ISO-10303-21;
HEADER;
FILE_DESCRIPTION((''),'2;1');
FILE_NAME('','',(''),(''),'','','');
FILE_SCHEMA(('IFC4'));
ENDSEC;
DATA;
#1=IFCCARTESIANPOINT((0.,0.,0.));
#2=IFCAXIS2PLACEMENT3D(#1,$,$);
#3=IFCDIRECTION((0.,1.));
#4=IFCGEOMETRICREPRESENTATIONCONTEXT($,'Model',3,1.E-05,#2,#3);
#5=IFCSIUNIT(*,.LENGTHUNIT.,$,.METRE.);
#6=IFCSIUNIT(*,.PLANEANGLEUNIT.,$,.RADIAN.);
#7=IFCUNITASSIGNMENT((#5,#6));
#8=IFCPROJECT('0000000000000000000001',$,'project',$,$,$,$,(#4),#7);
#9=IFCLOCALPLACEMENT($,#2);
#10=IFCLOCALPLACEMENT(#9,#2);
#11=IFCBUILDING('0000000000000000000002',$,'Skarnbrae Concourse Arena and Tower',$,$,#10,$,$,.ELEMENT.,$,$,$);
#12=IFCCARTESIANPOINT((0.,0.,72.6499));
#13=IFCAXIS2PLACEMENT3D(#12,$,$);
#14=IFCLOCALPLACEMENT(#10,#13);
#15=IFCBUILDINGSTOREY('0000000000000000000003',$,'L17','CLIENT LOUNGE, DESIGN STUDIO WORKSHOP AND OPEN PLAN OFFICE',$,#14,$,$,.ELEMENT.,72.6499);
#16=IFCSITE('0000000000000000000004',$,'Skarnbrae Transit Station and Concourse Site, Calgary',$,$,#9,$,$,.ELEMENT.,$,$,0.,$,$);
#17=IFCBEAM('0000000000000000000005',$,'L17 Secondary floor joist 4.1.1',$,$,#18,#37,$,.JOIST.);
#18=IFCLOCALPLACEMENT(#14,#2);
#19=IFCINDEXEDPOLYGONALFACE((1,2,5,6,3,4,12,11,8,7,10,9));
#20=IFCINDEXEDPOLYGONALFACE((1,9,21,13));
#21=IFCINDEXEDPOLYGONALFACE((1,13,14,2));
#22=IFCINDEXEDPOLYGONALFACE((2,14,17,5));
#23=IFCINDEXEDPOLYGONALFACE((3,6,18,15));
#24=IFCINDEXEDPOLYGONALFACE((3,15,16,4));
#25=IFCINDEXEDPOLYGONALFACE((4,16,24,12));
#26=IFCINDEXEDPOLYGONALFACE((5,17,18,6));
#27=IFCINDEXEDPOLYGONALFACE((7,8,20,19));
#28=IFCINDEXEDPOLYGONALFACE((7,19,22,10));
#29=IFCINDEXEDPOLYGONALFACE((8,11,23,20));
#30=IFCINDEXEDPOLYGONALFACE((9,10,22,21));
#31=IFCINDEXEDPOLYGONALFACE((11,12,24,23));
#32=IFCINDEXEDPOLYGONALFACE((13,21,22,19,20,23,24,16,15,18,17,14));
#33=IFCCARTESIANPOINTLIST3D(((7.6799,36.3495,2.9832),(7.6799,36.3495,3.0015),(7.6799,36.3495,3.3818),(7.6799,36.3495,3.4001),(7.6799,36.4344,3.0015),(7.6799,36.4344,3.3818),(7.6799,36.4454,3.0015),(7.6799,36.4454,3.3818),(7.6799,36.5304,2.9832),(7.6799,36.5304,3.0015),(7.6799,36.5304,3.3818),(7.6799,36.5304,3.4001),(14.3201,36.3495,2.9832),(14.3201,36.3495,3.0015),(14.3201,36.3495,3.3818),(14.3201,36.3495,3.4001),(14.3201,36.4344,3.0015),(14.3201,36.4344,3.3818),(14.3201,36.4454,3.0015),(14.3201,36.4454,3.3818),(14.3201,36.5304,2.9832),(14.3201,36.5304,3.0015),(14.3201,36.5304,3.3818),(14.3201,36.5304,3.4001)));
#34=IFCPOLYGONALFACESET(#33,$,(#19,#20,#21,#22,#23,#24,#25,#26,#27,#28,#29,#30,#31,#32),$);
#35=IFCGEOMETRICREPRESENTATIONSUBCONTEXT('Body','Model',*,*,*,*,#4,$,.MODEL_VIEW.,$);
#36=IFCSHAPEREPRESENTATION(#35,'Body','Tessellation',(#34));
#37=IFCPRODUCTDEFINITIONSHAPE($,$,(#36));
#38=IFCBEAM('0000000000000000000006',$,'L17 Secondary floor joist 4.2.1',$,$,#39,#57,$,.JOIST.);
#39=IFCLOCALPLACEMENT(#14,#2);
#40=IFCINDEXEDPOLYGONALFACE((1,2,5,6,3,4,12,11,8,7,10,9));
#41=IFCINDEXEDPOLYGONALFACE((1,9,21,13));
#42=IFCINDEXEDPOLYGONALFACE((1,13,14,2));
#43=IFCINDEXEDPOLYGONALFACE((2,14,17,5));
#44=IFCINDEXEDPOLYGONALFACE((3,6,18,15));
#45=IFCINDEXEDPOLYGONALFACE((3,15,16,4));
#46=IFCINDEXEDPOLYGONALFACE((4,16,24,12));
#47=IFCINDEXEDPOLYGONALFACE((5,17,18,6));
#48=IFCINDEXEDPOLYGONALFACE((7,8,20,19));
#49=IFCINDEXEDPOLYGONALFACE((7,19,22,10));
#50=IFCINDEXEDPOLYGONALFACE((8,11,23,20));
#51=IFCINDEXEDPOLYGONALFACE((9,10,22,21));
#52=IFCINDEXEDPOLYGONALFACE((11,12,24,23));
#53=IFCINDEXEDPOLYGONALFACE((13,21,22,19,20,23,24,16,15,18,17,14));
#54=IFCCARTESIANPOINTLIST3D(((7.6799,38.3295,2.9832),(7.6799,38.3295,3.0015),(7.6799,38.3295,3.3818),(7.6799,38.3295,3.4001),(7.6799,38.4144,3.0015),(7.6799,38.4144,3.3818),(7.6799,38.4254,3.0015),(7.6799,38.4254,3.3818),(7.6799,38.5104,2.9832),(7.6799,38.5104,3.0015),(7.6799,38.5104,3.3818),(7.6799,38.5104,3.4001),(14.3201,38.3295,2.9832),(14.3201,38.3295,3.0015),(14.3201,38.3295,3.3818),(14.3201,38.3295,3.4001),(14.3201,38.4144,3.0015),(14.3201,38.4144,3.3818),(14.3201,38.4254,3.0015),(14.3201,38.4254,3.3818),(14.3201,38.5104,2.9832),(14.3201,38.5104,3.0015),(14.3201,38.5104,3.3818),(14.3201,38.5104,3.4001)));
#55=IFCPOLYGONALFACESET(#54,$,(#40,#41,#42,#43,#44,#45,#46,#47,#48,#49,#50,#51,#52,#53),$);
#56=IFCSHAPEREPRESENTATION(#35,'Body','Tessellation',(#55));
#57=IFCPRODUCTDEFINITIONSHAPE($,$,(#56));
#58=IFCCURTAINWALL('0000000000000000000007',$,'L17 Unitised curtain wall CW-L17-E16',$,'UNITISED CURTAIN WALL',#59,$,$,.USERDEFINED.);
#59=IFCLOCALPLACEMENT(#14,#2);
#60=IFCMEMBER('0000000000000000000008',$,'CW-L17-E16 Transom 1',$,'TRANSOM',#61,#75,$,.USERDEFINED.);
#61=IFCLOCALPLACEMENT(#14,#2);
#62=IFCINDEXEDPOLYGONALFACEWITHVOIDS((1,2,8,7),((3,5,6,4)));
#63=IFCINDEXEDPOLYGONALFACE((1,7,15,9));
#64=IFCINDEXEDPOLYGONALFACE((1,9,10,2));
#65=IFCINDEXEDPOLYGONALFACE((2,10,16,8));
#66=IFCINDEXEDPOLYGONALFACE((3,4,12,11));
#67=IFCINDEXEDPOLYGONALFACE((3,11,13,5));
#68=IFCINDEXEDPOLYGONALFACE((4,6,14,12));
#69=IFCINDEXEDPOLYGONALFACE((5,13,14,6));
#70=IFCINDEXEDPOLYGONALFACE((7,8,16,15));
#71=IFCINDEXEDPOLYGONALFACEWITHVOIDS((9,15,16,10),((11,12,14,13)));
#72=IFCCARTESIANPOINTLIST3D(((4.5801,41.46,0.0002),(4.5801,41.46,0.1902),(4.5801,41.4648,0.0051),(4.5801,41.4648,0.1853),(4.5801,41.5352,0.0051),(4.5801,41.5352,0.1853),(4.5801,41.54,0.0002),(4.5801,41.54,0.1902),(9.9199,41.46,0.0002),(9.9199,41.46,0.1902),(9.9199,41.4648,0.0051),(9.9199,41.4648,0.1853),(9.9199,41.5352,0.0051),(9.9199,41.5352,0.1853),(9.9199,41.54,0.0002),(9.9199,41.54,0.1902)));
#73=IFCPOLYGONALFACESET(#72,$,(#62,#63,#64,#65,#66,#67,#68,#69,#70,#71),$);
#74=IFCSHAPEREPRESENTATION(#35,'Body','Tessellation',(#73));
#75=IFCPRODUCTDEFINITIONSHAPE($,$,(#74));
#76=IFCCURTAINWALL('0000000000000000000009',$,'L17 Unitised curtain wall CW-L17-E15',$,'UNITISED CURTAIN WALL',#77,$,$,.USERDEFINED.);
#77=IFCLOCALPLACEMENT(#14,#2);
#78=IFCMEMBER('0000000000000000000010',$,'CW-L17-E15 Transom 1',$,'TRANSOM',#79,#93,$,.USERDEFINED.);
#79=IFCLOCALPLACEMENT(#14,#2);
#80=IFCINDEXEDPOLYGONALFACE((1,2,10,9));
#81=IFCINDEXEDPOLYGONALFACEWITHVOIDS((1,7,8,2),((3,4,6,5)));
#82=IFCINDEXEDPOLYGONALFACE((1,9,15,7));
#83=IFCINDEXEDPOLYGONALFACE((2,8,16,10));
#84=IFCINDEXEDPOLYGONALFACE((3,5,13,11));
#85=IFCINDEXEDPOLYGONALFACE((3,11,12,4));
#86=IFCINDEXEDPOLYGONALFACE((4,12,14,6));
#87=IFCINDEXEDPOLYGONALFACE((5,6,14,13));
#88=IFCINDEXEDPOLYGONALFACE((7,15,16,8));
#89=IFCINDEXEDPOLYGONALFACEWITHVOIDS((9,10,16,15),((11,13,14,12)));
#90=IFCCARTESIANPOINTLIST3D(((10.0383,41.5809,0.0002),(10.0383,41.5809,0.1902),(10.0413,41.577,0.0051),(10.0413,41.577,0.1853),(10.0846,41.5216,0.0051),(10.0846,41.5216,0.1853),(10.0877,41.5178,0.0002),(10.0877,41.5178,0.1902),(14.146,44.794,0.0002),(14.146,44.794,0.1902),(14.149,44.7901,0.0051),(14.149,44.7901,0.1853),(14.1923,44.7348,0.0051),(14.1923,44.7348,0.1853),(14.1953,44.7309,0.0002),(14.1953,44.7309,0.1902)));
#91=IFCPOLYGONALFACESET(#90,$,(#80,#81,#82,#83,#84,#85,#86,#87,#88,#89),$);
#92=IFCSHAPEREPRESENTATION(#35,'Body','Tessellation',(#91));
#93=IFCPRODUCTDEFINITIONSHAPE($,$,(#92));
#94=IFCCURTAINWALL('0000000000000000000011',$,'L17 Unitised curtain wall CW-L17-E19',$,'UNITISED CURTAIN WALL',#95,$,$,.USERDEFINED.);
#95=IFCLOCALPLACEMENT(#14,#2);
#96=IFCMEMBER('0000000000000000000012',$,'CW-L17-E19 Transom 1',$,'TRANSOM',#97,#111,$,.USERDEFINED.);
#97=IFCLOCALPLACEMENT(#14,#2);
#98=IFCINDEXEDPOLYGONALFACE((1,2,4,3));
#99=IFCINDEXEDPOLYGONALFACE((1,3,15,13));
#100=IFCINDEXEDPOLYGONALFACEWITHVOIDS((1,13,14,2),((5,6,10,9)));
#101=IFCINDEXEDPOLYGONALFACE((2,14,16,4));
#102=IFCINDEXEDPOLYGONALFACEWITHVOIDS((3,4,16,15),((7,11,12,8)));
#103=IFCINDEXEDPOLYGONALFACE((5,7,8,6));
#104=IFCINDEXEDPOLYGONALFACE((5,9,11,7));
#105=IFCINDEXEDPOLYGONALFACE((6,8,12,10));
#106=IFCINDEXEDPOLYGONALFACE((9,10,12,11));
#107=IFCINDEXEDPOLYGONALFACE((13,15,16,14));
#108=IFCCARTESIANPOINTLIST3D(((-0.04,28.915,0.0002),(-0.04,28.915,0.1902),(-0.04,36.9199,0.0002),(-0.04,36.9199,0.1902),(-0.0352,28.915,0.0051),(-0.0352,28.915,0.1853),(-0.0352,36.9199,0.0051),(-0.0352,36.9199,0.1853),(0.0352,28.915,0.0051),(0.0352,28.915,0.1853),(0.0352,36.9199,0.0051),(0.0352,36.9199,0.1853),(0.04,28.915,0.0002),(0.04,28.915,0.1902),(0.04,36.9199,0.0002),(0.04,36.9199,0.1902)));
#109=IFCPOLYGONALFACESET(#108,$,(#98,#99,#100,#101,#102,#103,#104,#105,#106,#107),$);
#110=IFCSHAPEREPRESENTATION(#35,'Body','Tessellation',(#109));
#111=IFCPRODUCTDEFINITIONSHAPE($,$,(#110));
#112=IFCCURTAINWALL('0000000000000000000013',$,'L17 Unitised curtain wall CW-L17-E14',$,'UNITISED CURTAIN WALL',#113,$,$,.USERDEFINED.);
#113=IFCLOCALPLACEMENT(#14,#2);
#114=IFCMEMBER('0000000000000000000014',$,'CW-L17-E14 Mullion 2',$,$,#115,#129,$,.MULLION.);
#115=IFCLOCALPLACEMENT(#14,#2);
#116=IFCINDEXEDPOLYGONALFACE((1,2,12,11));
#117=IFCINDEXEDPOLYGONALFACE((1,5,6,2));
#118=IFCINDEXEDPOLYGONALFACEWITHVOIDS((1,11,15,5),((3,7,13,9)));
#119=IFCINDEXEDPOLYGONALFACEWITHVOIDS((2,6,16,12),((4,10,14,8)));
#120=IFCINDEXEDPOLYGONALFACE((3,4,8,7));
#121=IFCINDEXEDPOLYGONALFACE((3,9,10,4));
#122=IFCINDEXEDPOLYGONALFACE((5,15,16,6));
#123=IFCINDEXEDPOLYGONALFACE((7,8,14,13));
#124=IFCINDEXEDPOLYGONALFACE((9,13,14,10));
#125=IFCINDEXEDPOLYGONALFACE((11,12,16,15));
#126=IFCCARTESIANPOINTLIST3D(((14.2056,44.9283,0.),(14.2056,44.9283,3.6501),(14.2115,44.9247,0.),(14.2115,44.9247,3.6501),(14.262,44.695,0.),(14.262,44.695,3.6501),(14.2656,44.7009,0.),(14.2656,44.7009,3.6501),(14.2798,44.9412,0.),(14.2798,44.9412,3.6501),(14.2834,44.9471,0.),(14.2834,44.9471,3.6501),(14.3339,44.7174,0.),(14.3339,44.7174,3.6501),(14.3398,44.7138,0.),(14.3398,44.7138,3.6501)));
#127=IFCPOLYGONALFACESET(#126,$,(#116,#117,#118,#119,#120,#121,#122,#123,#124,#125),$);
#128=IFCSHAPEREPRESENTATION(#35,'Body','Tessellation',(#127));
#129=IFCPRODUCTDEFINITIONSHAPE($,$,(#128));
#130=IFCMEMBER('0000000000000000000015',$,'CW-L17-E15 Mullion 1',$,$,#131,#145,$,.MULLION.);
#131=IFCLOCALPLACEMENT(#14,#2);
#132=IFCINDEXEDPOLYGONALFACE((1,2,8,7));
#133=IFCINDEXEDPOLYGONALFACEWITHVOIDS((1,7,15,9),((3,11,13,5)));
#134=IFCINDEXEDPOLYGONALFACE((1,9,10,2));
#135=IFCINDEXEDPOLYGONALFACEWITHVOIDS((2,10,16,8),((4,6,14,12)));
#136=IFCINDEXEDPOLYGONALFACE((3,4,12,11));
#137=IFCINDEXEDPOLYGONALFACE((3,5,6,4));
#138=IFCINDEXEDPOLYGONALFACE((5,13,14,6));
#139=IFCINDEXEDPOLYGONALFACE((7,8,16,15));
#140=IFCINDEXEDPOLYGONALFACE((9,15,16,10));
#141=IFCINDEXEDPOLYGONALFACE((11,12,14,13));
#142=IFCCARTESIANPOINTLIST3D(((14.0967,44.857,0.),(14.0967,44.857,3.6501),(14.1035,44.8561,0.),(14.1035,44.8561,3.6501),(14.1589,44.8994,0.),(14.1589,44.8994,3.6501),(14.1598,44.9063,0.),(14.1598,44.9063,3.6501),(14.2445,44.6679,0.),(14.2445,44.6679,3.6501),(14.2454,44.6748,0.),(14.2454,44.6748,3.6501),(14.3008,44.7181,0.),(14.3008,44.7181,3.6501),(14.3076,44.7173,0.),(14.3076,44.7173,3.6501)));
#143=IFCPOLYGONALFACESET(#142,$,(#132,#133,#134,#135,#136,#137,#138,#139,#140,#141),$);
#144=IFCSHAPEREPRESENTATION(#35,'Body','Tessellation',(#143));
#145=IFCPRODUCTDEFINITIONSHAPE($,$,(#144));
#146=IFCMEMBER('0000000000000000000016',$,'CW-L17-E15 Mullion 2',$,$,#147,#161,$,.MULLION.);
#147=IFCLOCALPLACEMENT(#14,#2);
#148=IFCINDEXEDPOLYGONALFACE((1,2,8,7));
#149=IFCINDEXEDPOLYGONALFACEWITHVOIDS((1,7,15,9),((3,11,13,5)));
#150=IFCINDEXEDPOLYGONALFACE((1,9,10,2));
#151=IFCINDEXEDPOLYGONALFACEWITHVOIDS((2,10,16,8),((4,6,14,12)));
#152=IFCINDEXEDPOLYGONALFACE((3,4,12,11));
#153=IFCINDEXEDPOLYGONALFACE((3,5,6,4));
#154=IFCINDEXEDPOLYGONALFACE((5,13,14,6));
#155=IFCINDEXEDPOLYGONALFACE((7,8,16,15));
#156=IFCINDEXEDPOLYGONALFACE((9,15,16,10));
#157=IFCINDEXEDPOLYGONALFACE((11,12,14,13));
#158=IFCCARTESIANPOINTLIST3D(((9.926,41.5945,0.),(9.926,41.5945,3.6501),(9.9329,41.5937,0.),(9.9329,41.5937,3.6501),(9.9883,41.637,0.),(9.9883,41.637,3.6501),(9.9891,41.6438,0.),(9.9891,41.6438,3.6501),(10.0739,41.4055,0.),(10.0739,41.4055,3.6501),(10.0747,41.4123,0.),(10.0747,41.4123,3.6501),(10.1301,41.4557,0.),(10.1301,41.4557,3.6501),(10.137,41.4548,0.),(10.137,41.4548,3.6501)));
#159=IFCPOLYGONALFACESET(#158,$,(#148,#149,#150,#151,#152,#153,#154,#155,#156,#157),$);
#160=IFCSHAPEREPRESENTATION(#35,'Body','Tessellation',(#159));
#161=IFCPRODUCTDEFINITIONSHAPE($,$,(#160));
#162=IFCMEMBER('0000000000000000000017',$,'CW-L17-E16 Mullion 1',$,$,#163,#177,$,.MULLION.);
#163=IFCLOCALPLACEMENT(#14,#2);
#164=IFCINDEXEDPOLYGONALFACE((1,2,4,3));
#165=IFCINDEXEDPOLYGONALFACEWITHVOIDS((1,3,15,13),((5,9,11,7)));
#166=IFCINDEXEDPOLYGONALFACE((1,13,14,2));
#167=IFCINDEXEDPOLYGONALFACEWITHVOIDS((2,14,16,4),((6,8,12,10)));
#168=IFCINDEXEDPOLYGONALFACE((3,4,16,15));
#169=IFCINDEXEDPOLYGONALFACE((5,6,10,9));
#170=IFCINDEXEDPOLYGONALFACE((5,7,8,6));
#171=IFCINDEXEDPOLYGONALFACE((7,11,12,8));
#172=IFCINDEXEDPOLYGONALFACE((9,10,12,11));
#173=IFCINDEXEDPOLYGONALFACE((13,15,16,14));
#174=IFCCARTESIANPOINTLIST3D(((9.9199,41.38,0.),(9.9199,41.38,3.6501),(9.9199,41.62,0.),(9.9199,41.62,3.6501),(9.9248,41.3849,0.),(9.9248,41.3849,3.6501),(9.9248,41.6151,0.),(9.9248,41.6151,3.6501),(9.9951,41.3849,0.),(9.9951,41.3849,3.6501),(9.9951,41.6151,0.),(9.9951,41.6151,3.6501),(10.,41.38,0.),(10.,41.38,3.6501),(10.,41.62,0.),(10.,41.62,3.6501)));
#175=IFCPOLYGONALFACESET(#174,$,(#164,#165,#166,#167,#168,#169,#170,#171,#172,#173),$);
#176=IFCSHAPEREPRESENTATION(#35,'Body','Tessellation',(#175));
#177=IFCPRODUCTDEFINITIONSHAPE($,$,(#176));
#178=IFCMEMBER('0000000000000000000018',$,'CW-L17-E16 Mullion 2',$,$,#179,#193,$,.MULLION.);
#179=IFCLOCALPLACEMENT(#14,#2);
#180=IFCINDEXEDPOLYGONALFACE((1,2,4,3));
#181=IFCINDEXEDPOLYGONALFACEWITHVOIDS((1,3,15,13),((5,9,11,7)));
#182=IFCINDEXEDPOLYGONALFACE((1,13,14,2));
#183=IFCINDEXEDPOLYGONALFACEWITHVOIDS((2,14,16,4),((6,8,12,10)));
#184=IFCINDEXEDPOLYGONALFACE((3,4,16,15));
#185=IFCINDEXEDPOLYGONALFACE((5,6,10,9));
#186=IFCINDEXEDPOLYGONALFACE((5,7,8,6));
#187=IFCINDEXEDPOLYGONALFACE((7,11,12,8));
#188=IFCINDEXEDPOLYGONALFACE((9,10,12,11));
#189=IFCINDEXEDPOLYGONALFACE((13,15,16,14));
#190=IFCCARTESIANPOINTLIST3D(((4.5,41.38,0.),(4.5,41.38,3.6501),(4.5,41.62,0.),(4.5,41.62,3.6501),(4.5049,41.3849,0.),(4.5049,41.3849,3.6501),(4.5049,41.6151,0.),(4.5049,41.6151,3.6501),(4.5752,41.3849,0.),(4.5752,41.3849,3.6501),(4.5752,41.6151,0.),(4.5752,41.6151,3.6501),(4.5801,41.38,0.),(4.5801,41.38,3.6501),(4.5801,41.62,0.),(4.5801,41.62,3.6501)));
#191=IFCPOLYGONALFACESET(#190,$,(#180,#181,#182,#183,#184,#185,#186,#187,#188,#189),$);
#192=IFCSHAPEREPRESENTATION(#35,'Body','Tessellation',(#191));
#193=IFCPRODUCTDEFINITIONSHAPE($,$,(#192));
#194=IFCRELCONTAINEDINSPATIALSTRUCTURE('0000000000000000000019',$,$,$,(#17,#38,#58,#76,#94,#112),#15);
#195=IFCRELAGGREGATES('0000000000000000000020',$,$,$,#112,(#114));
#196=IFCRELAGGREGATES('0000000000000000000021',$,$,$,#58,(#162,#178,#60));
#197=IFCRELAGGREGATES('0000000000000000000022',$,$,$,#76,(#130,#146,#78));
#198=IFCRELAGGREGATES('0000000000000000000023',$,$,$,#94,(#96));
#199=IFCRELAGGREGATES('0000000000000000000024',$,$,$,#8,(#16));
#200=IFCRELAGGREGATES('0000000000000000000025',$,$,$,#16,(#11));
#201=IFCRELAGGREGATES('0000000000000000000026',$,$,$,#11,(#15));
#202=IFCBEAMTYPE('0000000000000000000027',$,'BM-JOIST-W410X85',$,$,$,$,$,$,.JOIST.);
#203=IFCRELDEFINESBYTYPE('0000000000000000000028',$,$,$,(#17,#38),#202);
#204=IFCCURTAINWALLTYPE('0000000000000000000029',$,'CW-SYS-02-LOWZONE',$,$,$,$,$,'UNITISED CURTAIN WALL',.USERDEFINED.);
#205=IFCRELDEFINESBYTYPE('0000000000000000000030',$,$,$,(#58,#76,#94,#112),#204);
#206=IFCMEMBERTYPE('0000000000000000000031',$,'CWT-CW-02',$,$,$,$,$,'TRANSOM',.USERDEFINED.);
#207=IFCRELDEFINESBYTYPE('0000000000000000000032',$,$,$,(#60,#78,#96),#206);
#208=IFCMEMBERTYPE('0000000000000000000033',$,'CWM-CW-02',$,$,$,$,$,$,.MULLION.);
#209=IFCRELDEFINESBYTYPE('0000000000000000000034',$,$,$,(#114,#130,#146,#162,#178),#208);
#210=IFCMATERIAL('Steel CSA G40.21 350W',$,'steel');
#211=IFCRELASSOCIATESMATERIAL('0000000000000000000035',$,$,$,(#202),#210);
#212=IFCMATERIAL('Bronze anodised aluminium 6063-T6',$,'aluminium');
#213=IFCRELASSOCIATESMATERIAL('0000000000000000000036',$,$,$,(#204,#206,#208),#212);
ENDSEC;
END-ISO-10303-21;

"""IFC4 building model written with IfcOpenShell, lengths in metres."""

from ifc_helpers import new_model, si_unit, direction, frame, origin, origin_2d, place, context, subcontext, project, spatial, hollow_rectangle, i_section, extrude, source, transform, mapped, material, material_profile, profile_set, type_object, element, aggregate, save


model = new_model("IFC4")

# Units and contexts
model_context = context("Model", 3, precision=1e-05, world=origin(), true_north=direction((0.0, 1.0)))
body_context = subcontext(model_context, "Body", "Model", "MODEL_VIEW")
ifc_project = project(units=[si_unit("LENGTHUNIT", "METRE"), si_unit("PLANEANGLEUNIT", "RADIAN")], contexts=[model_context])

# Site, building, storey
site_placement = place(None, origin())
site = spatial("IfcSite", under=ifc_project, at=site_placement, Name="Skarnbrae Transit Station and Concourse Site, Calgary", CompositionType="ELEMENT", RefElevation=0.0)
building_placement = place(site_placement, origin())
building = spatial("IfcBuilding", under=site, at=building_placement, Name="Skarnbrae Concourse Arena and Tower", CompositionType="ELEMENT")
storey_placement = place(building_placement, frame((0.0, 0.0, 72.6499)))
storey = spatial("IfcBuildingStorey", under=building, at=storey_placement, Name="L17", Description="CLIENT LOUNGE, DESIGN STUDIO WORKSHOP AND OPEN PLAN OFFICE", CompositionType="ELEMENT", Elevation=72.6499)

# Shared definitions
ifc_material_1 = material(Name="Steel CSA G40.21 350W", Category="steel")

# Beams
ifc_material_profile_1 = material_profile(ifc_material_1, i_section(OverallWidth=0.1809, OverallDepth=0.417, WebThickness=0.011, FlangeThickness=0.0183, at=origin_2d()), Name="W410X85")
ifc_profile_set_1 = profile_set([ifc_material_profile_1], Name="Steel CSA G40.21 350W")
beam_type_1 = type_object("IfcBeamType", Name="BM-JOIST-W410X85", PredefinedType="JOIST", material=ifc_profile_set_1)
shared_shape_1 = source(origin(), body_context, "Body", "SweptSolid", [
    extrude(i_section(OverallWidth=0.1809, OverallDepth=0.417, WebThickness=0.011, FlangeThickness=0.0183, at=origin_2d()), origin(), (0.0, 0.0, 1.0), 6.6401),
])
for number, where, z_axis, x_axis, name in (
    (1, (7.6799, 36.4399, 3.1917), (1.0, 0.0, 0.0), (0.0, 1.0, 0.0), "L17 Secondary floor joist 4.1.1"),
    (2, (7.6799, 38.4199, 3.1917), (1.0, 0.0, 0.0), (0.0, 1.0, 0.0), "L17 Secondary floor joist 4.2.1"),
):
    element("IfcBeam", number, at=place(storey_placement, frame(where, z_axis=z_axis, x_axis=x_axis)), inside=storey, type_object=beam_type_1, Name=name, PredefinedType="JOIST", context=body_context, shape_type="MappedRepresentation", body=[
        mapped(shared_shape_1, transform((0.0, 0.0, 0.0))),
    ])

# Curtain walls, members
ifc_material_2 = material(Name="Bronze anodised aluminium 6063-T6", Category="aluminium")
curtain_wall_type = type_object("IfcCurtainWallType", Name="CW-SYS-02-LOWZONE", ElementType="UNITISED CURTAIN WALL", PredefinedType="USERDEFINED", material=ifc_material_2)
curtain_wall_1_placement = place(storey_placement, origin())
curtain_wall_1 = element("IfcCurtainWall", 3, at=curtain_wall_1_placement, inside=storey, type_object=curtain_wall_type, Name="L17 Unitised curtain wall CW-L17-E16", ObjectType="UNITISED CURTAIN WALL", PredefinedType="USERDEFINED")
ifc_material_profile_2 = material_profile(ifc_material_2, hollow_rectangle(XDim=0.0801, YDim=0.1899, WallThickness=0.0049, at=origin_2d()), Name="ALU-TRAN-80X190")
ifc_profile_set_2 = profile_set([ifc_material_profile_2], Name="Bronze anodised aluminium 6063-T6")
member_type_1 = type_object("IfcMemberType", Name="CWT-CW-02", ElementType="TRANSOM", PredefinedType="USERDEFINED", material=ifc_profile_set_2)
shared_shape_2 = source(origin(), body_context, "Body", "SweptSolid", [
    extrude(hollow_rectangle(XDim=0.0801, YDim=0.1899, WallThickness=0.0049, at=origin_2d()), origin(), (0.0, 0.0, 1.0), 5.3398),
])
member_1_placement = place(storey_placement, frame((9.9199, 41.5, 0.0952), z_axis=(-1.0, 0.0, 0.0), x_axis=(0.0, -1.0, 0.0)))
member_1 = element("IfcMember", 4, at=member_1_placement, type_object=member_type_1, Name="CW-L17-E16 Transom 1", ObjectType="TRANSOM", PredefinedType="USERDEFINED", context=body_context, shape_type="MappedRepresentation", body=[
    mapped(shared_shape_2, transform((0.0, 0.0, 0.0))),
])
curtain_wall_2_placement = place(storey_placement, origin())
curtain_wall_2 = element("IfcCurtainWall", 5, at=curtain_wall_2_placement, inside=storey, type_object=curtain_wall_type, Name="L17 Unitised curtain wall CW-L17-E15", ObjectType="UNITISED CURTAIN WALL", PredefinedType="USERDEFINED")
shared_shape_3 = source(origin(), body_context, "Body", "SweptSolid", [
    extrude(hollow_rectangle(XDim=0.0801, YDim=0.1899, WallThickness=0.0049, at=origin_2d()), origin(), (0.0, 0.0, 1.0), 5.2151),
])
member_2_placement = place(storey_placement, frame((14.1707, 44.7625, 0.0952), z_axis=(-0.78765, -0.616123, 0.0), x_axis=(0.616123, -0.78765, 0.0)))
member_2 = element("IfcMember", 6, at=member_2_placement, type_object=member_type_1, Name="CW-L17-E15 Transom 1", ObjectType="TRANSOM", PredefinedType="USERDEFINED", context=body_context, shape_type="MappedRepresentation", body=[
    mapped(shared_shape_3, transform((0.0, 0.0, 0.0))),
])
curtain_wall_3_placement = place(storey_placement, origin())
curtain_wall_3 = element("IfcCurtainWall", 7, at=curtain_wall_3_placement, inside=storey, type_object=curtain_wall_type, Name="L17 Unitised curtain wall CW-L17-E19", ObjectType="UNITISED CURTAIN WALL", PredefinedType="USERDEFINED")
shared_shape_4 = source(origin(), body_context, "Body", "SweptSolid", [
    extrude(hollow_rectangle(XDim=0.0801, YDim=0.1899, WallThickness=0.0049, at=origin_2d()), origin(), (0.0, 0.0, 1.0), 8.0049),
])
member_3_placement = place(storey_placement, frame((0.0, 36.9199, 0.0952), z_axis=(0.0, -1.0, 0.0), x_axis=(1.0, 0.0, 0.0)))
member_3 = element("IfcMember", 8, at=member_3_placement, type_object=member_type_1, Name="CW-L17-E19 Transom 1", ObjectType="TRANSOM", PredefinedType="USERDEFINED", context=body_context, shape_type="MappedRepresentation", body=[
    mapped(shared_shape_4, transform((0.0, 0.0, 0.0))),
])
curtain_wall_4_placement = place(storey_placement, origin())
curtain_wall_4 = element("IfcCurtainWall", 9, at=curtain_wall_4_placement, inside=storey, type_object=curtain_wall_type, Name="L17 Unitised curtain wall CW-L17-E14", ObjectType="UNITISED CURTAIN WALL", PredefinedType="USERDEFINED")
ifc_material_profile_3 = material_profile(ifc_material_2, hollow_rectangle(XDim=0.0801, YDim=0.24, WallThickness=0.0049, at=origin_2d()), Name="ALU-MULL-80X240")
ifc_profile_set_3 = profile_set([ifc_material_profile_3], Name="Bronze anodised aluminium 6063-T6")
member_type_2 = type_object("IfcMemberType", Name="CWM-CW-02", PredefinedType="MULLION", material=ifc_profile_set_3)
shared_shape_5 = source(origin(), body_context, "Body", "SweptSolid", [
    extrude(hollow_rectangle(XDim=0.0801, YDim=0.24, WallThickness=0.0049, at=origin_2d()), origin(), (0.0, 0.0, 1.0), 3.6501),
])
member_4_placement = place(storey_placement, frame((14.2727, 44.821, 0.0), z_axis=(0.0, 0.0, 1.0), x_axis=(-0.971974, -0.23509, 0.0)))
member_4 = element("IfcMember", 10, at=member_4_placement, type_object=member_type_2, Name="CW-L17-E14 Mullion 2", PredefinedType="MULLION", context=body_context, shape_type="MappedRepresentation", body=[
    mapped(shared_shape_5, transform((0.0, 0.0, 0.0))),
])
aggregate(curtain_wall_4, [member_4])

# Members
member_5_placement = place(storey_placement, frame((14.2021, 44.7871, 0.0), z_axis=(0.0, 0.0, 1.0), x_axis=(-0.787652, -0.616121, 0.0)))
member_5 = element("IfcMember", 11, at=member_5_placement, type_object=member_type_2, Name="CW-L17-E15 Mullion 1", PredefinedType="MULLION", context=body_context, shape_type="MappedRepresentation", body=[
    mapped(shared_shape_5, transform((0.0, 0.0, 0.0))),
])
member_6_placement = place(storey_placement, frame((10.0315, 41.5247, 0.0), z_axis=(0.0, 0.0, 1.0), x_axis=(-0.787652, -0.616121, 0.0)))
member_6 = element("IfcMember", 12, at=member_6_placement, type_object=member_type_2, Name="CW-L17-E15 Mullion 2", PredefinedType="MULLION", context=body_context, shape_type="MappedRepresentation", body=[
    mapped(shared_shape_5, transform((0.0, 0.0, 0.0))),
])
member_7_placement = place(storey_placement, frame((9.96, 41.5, 0.0), z_axis=(0.0, 0.0, 1.0), x_axis=(-1.0, 0.0, 0.0)))
member_7 = element("IfcMember", 13, at=member_7_placement, type_object=member_type_2, Name="CW-L17-E16 Mullion 1", PredefinedType="MULLION", context=body_context, shape_type="MappedRepresentation", body=[
    mapped(shared_shape_5, transform((0.0, 0.0, 0.0))),
])
member_8_placement = place(storey_placement, frame((4.54, 41.5, 0.0), z_axis=(0.0, 0.0, 1.0), x_axis=(-1.0, 0.0, 0.0)))
member_8 = element("IfcMember", 14, at=member_8_placement, type_object=member_type_2, Name="CW-L17-E16 Mullion 2", PredefinedType="MULLION", context=body_context, shape_type="MappedRepresentation", body=[
    mapped(shared_shape_5, transform((0.0, 0.0, 0.0))),
])

aggregate(curtain_wall_1, [member_7, member_8, member_1])
aggregate(curtain_wall_2, [member_5, member_6, member_2])
aggregate(curtain_wall_3, [member_3])

save(model, "model.ifc")
